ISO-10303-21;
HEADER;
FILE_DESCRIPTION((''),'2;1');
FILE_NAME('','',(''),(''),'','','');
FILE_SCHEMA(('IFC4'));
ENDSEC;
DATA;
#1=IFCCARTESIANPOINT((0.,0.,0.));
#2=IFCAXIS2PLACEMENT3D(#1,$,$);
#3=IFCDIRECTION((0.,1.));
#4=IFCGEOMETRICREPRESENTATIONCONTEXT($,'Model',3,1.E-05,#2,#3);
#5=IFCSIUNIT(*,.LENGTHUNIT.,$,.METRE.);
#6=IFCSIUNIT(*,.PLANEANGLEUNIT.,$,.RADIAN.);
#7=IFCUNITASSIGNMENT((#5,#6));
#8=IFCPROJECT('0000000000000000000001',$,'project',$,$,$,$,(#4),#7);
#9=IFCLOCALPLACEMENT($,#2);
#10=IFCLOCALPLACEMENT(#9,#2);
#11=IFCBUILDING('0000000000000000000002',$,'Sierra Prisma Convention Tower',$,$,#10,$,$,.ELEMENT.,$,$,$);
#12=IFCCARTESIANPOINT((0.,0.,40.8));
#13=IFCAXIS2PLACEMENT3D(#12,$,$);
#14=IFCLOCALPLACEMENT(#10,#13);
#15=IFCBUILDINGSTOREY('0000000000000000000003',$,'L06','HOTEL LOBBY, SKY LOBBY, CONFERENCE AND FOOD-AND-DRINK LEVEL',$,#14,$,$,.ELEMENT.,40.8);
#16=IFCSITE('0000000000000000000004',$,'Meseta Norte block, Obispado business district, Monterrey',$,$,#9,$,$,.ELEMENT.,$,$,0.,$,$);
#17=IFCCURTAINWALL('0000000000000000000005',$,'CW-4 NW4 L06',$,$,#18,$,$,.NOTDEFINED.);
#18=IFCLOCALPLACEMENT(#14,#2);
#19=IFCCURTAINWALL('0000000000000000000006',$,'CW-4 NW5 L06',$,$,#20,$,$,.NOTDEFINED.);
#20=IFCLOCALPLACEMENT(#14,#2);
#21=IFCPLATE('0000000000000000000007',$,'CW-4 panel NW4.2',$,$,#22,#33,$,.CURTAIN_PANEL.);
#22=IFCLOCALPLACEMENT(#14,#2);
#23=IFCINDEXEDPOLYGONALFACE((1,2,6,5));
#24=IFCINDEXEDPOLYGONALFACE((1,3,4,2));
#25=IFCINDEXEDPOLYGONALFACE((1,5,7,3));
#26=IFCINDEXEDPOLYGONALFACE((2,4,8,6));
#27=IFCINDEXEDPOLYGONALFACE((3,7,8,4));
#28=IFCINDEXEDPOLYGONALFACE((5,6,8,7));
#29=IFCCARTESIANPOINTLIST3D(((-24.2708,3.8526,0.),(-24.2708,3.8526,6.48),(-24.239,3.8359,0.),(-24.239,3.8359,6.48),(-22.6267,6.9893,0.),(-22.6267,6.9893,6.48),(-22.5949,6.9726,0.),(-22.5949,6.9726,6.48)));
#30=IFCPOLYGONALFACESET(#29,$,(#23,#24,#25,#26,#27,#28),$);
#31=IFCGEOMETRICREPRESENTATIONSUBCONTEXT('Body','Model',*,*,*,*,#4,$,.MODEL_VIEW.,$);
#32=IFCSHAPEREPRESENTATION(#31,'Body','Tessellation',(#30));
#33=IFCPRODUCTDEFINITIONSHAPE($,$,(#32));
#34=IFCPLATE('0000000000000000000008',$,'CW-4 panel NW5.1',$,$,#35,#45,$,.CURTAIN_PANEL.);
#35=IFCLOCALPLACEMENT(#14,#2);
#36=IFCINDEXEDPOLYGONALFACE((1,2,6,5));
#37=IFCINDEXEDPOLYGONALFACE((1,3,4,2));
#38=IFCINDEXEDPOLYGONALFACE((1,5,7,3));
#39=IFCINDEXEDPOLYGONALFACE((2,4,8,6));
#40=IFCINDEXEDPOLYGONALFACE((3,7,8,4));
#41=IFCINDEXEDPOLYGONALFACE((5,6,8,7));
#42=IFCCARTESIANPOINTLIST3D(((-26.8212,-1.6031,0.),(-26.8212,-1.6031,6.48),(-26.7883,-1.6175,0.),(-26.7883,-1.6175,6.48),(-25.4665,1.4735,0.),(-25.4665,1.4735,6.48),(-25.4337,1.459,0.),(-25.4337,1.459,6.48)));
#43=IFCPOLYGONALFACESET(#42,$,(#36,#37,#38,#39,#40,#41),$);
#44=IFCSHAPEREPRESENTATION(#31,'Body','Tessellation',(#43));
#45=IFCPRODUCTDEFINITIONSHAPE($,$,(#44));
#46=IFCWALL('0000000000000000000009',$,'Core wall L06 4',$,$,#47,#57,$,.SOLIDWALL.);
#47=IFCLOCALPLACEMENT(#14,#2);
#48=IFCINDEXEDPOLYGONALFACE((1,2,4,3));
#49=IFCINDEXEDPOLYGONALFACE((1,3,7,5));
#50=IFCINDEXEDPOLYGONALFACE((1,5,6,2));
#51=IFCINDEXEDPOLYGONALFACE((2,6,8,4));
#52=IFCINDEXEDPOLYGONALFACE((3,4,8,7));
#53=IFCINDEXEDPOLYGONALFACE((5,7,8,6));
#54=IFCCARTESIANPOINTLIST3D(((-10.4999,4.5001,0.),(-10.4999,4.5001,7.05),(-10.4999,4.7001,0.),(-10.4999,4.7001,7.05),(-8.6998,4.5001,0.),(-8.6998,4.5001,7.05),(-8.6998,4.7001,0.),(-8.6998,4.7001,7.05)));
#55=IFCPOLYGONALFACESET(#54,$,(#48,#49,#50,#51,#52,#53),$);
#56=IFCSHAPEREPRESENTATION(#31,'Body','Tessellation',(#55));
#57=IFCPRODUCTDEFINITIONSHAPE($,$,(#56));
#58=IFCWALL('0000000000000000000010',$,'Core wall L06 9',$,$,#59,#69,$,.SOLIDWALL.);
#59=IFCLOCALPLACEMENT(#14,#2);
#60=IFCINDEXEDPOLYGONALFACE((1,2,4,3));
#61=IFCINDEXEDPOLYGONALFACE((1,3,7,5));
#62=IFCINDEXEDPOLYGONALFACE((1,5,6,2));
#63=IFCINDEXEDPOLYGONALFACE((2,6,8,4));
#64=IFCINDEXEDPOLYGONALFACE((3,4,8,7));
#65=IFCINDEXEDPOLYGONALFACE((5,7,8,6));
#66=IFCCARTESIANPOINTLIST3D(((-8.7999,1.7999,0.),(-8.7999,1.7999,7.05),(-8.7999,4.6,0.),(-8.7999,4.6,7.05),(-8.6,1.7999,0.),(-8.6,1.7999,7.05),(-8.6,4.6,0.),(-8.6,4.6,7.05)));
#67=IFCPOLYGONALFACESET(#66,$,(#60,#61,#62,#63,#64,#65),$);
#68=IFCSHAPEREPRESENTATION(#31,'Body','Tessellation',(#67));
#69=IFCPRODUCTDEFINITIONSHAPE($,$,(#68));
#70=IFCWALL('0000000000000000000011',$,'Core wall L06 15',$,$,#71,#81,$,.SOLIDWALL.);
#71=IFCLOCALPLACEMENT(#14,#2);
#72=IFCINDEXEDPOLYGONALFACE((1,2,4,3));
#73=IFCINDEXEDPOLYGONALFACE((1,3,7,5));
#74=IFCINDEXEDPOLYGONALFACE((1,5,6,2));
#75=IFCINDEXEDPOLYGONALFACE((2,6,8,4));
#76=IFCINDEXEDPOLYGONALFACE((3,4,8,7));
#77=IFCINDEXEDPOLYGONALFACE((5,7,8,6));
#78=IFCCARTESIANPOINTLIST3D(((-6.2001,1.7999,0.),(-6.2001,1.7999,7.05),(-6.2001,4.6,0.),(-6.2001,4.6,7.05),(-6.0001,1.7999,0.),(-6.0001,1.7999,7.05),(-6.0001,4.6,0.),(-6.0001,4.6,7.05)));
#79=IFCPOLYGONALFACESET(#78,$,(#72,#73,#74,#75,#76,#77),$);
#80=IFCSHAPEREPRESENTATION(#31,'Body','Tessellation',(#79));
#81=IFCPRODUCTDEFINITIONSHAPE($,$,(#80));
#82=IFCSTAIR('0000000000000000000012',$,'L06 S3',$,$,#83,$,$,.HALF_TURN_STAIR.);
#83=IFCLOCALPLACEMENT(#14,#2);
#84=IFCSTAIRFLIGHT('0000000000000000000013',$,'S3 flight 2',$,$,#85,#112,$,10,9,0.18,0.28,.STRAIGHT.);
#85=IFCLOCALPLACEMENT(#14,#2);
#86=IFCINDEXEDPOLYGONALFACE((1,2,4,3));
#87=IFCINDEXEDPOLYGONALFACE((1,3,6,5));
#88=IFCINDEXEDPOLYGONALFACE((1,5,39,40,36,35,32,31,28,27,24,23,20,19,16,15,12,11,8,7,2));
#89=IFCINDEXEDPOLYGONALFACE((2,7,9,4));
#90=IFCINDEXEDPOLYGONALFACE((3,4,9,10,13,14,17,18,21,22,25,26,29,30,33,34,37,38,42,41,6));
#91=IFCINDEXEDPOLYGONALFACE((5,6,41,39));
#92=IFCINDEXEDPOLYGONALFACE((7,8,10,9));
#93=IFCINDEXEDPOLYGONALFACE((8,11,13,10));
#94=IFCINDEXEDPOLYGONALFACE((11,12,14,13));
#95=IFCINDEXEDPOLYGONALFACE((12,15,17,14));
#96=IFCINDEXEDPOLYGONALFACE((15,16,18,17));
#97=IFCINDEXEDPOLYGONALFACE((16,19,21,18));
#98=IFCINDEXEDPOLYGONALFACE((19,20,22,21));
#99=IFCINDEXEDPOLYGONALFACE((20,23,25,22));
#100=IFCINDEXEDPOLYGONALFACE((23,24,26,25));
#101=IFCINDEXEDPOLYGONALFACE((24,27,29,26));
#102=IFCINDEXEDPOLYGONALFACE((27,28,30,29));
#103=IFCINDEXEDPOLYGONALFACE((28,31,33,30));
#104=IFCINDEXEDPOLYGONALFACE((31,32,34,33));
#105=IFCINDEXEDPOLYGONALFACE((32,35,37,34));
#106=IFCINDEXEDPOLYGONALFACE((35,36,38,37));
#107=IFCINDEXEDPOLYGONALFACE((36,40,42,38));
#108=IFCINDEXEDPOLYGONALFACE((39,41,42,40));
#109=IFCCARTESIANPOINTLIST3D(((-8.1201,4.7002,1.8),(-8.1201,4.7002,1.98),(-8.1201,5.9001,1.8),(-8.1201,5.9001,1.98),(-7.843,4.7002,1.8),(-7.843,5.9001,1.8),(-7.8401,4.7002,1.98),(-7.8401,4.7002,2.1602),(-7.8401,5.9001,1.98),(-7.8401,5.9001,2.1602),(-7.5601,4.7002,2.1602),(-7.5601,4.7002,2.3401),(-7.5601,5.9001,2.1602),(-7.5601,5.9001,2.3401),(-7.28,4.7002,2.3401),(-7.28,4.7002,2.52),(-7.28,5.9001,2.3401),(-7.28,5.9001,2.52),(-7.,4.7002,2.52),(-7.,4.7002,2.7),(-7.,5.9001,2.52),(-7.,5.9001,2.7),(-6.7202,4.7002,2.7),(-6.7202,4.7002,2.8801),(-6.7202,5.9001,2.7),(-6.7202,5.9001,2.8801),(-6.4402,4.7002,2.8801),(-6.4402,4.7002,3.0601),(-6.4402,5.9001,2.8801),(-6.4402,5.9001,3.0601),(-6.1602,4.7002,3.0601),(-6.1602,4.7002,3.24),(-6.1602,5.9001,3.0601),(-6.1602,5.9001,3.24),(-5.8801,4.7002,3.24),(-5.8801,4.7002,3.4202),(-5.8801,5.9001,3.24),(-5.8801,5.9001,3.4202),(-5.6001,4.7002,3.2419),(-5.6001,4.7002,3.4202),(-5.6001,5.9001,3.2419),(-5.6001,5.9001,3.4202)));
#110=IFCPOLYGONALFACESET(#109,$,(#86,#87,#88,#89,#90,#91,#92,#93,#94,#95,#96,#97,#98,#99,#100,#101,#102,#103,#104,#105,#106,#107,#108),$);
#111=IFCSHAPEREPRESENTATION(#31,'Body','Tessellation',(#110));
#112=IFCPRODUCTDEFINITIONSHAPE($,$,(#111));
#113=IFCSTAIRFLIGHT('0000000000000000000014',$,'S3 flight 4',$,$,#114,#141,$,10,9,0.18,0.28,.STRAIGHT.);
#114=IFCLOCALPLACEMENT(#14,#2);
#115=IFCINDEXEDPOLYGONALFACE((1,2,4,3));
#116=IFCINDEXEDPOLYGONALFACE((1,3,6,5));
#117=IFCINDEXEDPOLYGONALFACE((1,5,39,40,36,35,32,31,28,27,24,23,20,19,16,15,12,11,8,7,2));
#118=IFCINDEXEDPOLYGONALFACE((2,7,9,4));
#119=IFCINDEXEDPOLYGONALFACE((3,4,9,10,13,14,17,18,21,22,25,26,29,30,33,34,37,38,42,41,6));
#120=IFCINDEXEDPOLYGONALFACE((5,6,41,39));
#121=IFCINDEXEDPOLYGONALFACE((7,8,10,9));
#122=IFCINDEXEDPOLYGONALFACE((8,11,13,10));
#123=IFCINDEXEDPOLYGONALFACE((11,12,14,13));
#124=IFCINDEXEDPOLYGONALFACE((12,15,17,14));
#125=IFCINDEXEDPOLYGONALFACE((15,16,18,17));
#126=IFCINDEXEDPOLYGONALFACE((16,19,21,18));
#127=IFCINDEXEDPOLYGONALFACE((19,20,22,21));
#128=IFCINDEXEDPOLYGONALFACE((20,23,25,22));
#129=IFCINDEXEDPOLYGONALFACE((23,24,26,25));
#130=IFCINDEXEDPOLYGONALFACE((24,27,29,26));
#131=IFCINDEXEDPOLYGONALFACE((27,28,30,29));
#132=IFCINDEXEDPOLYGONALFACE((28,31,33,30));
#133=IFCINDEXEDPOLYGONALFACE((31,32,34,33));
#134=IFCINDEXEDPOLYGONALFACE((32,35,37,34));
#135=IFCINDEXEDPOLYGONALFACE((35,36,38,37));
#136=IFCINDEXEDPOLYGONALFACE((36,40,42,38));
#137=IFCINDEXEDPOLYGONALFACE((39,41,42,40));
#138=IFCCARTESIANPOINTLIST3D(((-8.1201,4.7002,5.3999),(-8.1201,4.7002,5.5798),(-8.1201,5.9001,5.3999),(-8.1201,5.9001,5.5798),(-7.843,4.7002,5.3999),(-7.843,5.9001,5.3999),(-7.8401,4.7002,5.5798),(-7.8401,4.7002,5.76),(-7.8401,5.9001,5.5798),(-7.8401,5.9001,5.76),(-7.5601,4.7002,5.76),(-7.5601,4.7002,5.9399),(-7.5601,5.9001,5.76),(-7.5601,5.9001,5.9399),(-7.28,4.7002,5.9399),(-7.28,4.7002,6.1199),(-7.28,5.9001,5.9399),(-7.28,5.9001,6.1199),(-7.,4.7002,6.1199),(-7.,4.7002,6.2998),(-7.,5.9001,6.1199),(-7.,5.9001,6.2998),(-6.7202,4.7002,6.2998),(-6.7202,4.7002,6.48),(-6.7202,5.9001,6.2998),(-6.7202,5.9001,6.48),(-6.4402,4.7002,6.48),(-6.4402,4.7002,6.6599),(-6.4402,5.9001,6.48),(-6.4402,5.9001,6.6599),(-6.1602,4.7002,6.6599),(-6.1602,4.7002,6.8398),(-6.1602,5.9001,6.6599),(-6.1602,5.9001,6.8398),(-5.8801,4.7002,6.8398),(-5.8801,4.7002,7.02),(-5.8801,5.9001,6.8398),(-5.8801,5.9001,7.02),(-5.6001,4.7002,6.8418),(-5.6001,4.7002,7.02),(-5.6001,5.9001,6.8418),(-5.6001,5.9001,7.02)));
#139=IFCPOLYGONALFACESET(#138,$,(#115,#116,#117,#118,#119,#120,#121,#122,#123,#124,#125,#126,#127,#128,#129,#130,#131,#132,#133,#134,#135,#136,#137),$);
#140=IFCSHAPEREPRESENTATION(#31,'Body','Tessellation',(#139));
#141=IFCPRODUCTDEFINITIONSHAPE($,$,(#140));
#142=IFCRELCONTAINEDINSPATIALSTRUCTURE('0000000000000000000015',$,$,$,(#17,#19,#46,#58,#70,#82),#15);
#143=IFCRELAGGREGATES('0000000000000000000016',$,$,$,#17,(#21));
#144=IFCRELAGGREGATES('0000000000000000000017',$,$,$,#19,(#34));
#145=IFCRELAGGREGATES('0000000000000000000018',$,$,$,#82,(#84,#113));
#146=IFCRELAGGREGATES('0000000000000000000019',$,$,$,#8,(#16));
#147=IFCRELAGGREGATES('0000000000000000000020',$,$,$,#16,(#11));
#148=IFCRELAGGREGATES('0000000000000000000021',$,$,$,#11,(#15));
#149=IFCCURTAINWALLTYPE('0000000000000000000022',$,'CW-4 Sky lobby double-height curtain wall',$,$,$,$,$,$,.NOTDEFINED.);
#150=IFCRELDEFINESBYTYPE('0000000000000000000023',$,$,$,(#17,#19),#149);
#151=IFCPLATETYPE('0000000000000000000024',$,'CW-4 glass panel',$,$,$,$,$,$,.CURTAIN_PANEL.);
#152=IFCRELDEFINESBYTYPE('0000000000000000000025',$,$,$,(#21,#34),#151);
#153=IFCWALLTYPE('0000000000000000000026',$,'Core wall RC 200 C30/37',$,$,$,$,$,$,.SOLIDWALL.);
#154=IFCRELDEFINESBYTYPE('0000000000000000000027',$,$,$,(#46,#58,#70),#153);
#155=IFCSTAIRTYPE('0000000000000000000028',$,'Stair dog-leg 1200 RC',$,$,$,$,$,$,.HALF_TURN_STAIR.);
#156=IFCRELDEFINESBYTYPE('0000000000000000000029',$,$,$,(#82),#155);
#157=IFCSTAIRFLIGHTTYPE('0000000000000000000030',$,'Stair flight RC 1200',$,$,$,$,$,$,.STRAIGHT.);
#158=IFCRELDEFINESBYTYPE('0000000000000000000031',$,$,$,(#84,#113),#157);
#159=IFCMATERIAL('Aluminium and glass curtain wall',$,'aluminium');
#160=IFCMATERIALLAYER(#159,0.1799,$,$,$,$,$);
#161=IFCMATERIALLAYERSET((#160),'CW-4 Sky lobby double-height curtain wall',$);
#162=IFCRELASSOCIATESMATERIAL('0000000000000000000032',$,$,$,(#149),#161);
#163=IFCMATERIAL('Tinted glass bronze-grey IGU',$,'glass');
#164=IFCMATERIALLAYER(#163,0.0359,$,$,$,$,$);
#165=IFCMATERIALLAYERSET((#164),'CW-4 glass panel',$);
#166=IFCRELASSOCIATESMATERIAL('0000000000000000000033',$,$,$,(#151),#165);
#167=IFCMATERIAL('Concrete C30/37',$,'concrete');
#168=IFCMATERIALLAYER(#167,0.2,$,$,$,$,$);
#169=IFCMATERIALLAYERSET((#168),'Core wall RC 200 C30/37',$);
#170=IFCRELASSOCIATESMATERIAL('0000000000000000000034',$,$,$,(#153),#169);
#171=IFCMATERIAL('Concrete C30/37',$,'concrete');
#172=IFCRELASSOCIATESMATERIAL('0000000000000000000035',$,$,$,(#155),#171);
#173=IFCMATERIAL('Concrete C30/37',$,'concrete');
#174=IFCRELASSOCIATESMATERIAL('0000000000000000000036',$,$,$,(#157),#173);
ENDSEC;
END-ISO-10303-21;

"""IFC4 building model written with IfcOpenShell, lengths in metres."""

from ifc_helpers import new_model, si_unit, direction, frame, frame_2d, origin, origin_2d, place, context, subcontext, project, spatial, polyline, rectangle, outline, extrude, material, layer, layer_set, type_object, element, aggregate, save


model = new_model("IFC4")

# Units and contexts
model_context = context("Model", 3, precision=1e-05, world=origin(), true_north=direction((0.0, 1.0)))
body_context = subcontext(model_context, "Body", "Model", "MODEL_VIEW")
ifc_project = project(units=[si_unit("LENGTHUNIT", "METRE"), si_unit("PLANEANGLEUNIT", "RADIAN")], contexts=[model_context])

# Site, building, storey
site_placement = place(None, origin())
site = spatial("IfcSite", under=ifc_project, at=site_placement, Name="Meseta Norte block, Obispado business district, Monterrey", CompositionType="ELEMENT", RefElevation=0.0)
building_placement = place(site_placement, origin())
building = spatial("IfcBuilding", under=site, at=building_placement, Name="Sierra Prisma Convention Tower", CompositionType="ELEMENT")
storey_placement = place(building_placement, frame((0.0, 0.0, 40.8)))
storey = spatial("IfcBuildingStorey", under=building, at=storey_placement, Name="L06", Description="HOTEL LOBBY, SKY LOBBY, CONFERENCE AND FOOD-AND-DRINK LEVEL", CompositionType="ELEMENT", Elevation=40.8)

# Curtain wall
ifc_material_1 = material(Name="Aluminium and glass curtain wall", Category="aluminium")
ifc_layer_1 = layer(ifc_material_1, 0.1799)
ifc_layer_set_1 = layer_set([ifc_layer_1], Name="CW-4 Sky lobby double-height curtain wall")
curtain_wall_type = type_object("IfcCurtainWallType", Name="CW-4 Sky lobby double-height curtain wall", PredefinedType="NOTDEFINED", material=ifc_layer_set_1)
curtain_wall_1_placement = place(storey_placement, origin())
curtain_wall_1 = element("IfcCurtainWall", 1, at=curtain_wall_1_placement, inside=storey, type_object=curtain_wall_type, Name="CW-4 NW4 L06", PredefinedType="NOTDEFINED")

# Curtain wall
curtain_wall_2_placement = place(storey_placement, origin())
curtain_wall_2 = element("IfcCurtainWall", 2, at=curtain_wall_2_placement, inside=storey, type_object=curtain_wall_type, Name="CW-4 NW5 L06", PredefinedType="NOTDEFINED")

# Plates
ifc_material_2 = material(Name="Tinted glass bronze-grey IGU", Category="glass")
ifc_layer_2 = layer(ifc_material_2, 0.0359)
ifc_layer_set_2 = layer_set([ifc_layer_2], Name="CW-4 glass panel")
plate_type = type_object("IfcPlateType", Name="CW-4 glass panel", PredefinedType="CURTAIN_PANEL", material=ifc_layer_set_2)
plate_1_placement = place(storey_placement, frame((-23.4329, 5.4126, 0.0), z_axis=(0.0, 0.0, 1.0), x_axis=(-0.464251, -0.885704, 0.0)))
plate_1 = element("IfcPlate", 3, at=plate_1_placement, type_object=plate_type, Name="CW-4 panel NW4.2", PredefinedType="CURTAIN_PANEL", context=body_context, shape_type="SweptSolid", body=[
    extrude(rectangle(XDim=3.5415, YDim=0.0359, at=origin_2d()), origin(), (0.0, 0.0, 1.0), 6.48),
])
aggregate(curtain_wall_1, [plate_1])
plate_2_placement = place(storey_placement, frame((-26.1274, -0.072, 0.0), z_axis=(0.0, 0.0, 1.0), x_axis=(-0.402984, -0.915207, 0.0)))
plate_2 = element("IfcPlate", 4, at=plate_2_placement, type_object=plate_type, Name="CW-4 panel NW5.1", PredefinedType="CURTAIN_PANEL", context=body_context, shape_type="SweptSolid", body=[
    extrude(rectangle(XDim=3.3616, YDim=0.0359, at=origin_2d()), origin(), (0.0, 0.0, 1.0), 6.48),
])
aggregate(curtain_wall_2, [plate_2])

# Shared definitions
ifc_material_3 = material(Name="Concrete C30/37", Category="concrete")
ifc_layer_3 = layer(ifc_material_3, 0.2)
ifc_layer_set_3 = layer_set([ifc_layer_3], Name="Core wall RC 200 C30/37")
wall_type = type_object("IfcWallType", Name="Core wall RC 200 C30/37", PredefinedType="SOLIDWALL", material=ifc_layer_set_3)

# Wall
wall_1_placement = place(storey_placement, frame((-8.7, 4.6001, 0.0), z_axis=(0.0, 0.0, 1.0), x_axis=(-1.0, 0.0, 0.0)))
element("IfcWall", 5, at=wall_1_placement, inside=storey, type_object=wall_type, Name="Core wall L06 4", PredefinedType="SOLIDWALL", context=body_context, shape_type="SweptSolid", body=[
    extrude(rectangle(XDim=1.8, YDim=0.2, at=frame_2d((0.8999, 0.0))), origin(), (0.0, 0.0, 1.0), 7.05),
])

# Walls
for number, where, z_axis, x_axis, name in (
    (6, (-8.7, 1.8, 0.0), (0.0, 0.0, 1.0), (0.0, 1.0, 0.0), "Core wall L06 9"),
    (7, (-6.1001, 1.8, 0.0), (0.0, 0.0, 1.0), (0.0, 1.0, 0.0), "Core wall L06 15"),
):
    element("IfcWall", number, at=place(storey_placement, frame(where, z_axis=z_axis, x_axis=x_axis)), inside=storey, type_object=wall_type, Name=name, PredefinedType="SOLIDWALL", context=body_context, shape_type="SweptSolid", body=[
        extrude(rectangle(XDim=2.8, YDim=0.2, at=frame_2d((1.3999, 0.0))), origin(), (0.0, 0.0, 1.0), 7.05),
    ])

# Stair, stair flights
ifc_material_4 = material(Name="Concrete C30/37", Category="concrete")
stair_type = type_object("IfcStairType", Name="Stair dog-leg 1200 RC", PredefinedType="HALF_TURN_STAIR", material=ifc_material_4)
stair_placement = place(storey_placement, origin())
stair = element("IfcStair", 8, at=stair_placement, inside=storey, type_object=stair_type, Name="L06 S3", PredefinedType="HALF_TURN_STAIR")
ifc_material_5 = material(Name="Concrete C30/37", Category="concrete")
stair_flight_type = type_object("IfcStairFlightType", Name="Stair flight RC 1200", PredefinedType="STRAIGHT", material=ifc_material_5)
stair_flight_1_placement = place(storey_placement, frame((-8.1201, 5.3, 1.8), z_axis=(0.0, 0.0, 1.0), x_axis=(1.0, 0.0, 0.0)))
stair_flight_1 = element("IfcStairFlight", 9, at=stair_flight_1_placement, type_object=stair_flight_type, Name="S3 flight 2", NumberOfRisers=10, NumberOfTreads=9, PredefinedType="STRAIGHT", RiserHeight=0.18, TreadLength=0.28, context=body_context, shape_type="SweptSolid", body=[
    extrude(outline(polyline([(0.0, 0.0), (0.0, 0.1799), (0.28, 0.1799), (0.28, 0.3601), (0.5601, 0.3601), (0.5601, 0.54), (0.8401, 0.54), (0.8401, 0.72), (1.1201, 0.72), (1.1201, 0.8999), (1.3999, 0.8999), (1.3999, 1.0801), (1.6799, 1.0801), (1.6799, 1.26), (1.96, 1.26), (1.96, 1.4399), (2.24, 1.4399), (2.24, 1.6201), (2.52, 1.6201), (2.52, 1.8), (2.52, 1.4419), (0.2771, 0.0), (0.0, 0.0)])), frame((0.0, 0.6001, 0.0), z_axis=(0.0, -1.0, 0.0), x_axis=(1.0, 0.0, 0.0)), (0.0, 0.0, 1.0), 1.2),
])
stair_flight_2_placement = place(storey_placement, frame((-8.1201, 5.3, 5.3999), z_axis=(0.0, 0.0, 1.0), x_axis=(1.0, 0.0, 0.0)))
stair_flight_2 = element("IfcStairFlight", 10, at=stair_flight_2_placement, type_object=stair_flight_type, Name="S3 flight 4", NumberOfRisers=10, NumberOfTreads=9, PredefinedType="STRAIGHT", RiserHeight=0.18, TreadLength=0.28, context=body_context, shape_type="SweptSolid", body=[
    extrude(outline(polyline([(0.0, 0.0), (0.0, 0.1799), (0.28, 0.1799), (0.28, 0.3601), (0.5601, 0.3601), (0.5601, 0.54), (0.8401, 0.54), (0.8401, 0.72), (1.1201, 0.72), (1.1201, 0.8999), (1.3999, 0.8999), (1.3999, 1.0801), (1.6799, 1.0801), (1.6799, 1.26), (1.96, 1.26), (1.96, 1.4399), (2.24, 1.4399), (2.24, 1.6201), (2.52, 1.6201), (2.52, 1.8), (2.52, 1.4419), (0.2771, 0.0), (0.0, 0.0)])), frame((0.0, 0.6001, 0.0), z_axis=(0.0, -1.0, 0.0), x_axis=(1.0, 0.0, 0.0)), (0.0, 0.0, 1.0), 1.2),
])
aggregate(stair, [stair_flight_1, stair_flight_2])

save(model, "model.ifc")
